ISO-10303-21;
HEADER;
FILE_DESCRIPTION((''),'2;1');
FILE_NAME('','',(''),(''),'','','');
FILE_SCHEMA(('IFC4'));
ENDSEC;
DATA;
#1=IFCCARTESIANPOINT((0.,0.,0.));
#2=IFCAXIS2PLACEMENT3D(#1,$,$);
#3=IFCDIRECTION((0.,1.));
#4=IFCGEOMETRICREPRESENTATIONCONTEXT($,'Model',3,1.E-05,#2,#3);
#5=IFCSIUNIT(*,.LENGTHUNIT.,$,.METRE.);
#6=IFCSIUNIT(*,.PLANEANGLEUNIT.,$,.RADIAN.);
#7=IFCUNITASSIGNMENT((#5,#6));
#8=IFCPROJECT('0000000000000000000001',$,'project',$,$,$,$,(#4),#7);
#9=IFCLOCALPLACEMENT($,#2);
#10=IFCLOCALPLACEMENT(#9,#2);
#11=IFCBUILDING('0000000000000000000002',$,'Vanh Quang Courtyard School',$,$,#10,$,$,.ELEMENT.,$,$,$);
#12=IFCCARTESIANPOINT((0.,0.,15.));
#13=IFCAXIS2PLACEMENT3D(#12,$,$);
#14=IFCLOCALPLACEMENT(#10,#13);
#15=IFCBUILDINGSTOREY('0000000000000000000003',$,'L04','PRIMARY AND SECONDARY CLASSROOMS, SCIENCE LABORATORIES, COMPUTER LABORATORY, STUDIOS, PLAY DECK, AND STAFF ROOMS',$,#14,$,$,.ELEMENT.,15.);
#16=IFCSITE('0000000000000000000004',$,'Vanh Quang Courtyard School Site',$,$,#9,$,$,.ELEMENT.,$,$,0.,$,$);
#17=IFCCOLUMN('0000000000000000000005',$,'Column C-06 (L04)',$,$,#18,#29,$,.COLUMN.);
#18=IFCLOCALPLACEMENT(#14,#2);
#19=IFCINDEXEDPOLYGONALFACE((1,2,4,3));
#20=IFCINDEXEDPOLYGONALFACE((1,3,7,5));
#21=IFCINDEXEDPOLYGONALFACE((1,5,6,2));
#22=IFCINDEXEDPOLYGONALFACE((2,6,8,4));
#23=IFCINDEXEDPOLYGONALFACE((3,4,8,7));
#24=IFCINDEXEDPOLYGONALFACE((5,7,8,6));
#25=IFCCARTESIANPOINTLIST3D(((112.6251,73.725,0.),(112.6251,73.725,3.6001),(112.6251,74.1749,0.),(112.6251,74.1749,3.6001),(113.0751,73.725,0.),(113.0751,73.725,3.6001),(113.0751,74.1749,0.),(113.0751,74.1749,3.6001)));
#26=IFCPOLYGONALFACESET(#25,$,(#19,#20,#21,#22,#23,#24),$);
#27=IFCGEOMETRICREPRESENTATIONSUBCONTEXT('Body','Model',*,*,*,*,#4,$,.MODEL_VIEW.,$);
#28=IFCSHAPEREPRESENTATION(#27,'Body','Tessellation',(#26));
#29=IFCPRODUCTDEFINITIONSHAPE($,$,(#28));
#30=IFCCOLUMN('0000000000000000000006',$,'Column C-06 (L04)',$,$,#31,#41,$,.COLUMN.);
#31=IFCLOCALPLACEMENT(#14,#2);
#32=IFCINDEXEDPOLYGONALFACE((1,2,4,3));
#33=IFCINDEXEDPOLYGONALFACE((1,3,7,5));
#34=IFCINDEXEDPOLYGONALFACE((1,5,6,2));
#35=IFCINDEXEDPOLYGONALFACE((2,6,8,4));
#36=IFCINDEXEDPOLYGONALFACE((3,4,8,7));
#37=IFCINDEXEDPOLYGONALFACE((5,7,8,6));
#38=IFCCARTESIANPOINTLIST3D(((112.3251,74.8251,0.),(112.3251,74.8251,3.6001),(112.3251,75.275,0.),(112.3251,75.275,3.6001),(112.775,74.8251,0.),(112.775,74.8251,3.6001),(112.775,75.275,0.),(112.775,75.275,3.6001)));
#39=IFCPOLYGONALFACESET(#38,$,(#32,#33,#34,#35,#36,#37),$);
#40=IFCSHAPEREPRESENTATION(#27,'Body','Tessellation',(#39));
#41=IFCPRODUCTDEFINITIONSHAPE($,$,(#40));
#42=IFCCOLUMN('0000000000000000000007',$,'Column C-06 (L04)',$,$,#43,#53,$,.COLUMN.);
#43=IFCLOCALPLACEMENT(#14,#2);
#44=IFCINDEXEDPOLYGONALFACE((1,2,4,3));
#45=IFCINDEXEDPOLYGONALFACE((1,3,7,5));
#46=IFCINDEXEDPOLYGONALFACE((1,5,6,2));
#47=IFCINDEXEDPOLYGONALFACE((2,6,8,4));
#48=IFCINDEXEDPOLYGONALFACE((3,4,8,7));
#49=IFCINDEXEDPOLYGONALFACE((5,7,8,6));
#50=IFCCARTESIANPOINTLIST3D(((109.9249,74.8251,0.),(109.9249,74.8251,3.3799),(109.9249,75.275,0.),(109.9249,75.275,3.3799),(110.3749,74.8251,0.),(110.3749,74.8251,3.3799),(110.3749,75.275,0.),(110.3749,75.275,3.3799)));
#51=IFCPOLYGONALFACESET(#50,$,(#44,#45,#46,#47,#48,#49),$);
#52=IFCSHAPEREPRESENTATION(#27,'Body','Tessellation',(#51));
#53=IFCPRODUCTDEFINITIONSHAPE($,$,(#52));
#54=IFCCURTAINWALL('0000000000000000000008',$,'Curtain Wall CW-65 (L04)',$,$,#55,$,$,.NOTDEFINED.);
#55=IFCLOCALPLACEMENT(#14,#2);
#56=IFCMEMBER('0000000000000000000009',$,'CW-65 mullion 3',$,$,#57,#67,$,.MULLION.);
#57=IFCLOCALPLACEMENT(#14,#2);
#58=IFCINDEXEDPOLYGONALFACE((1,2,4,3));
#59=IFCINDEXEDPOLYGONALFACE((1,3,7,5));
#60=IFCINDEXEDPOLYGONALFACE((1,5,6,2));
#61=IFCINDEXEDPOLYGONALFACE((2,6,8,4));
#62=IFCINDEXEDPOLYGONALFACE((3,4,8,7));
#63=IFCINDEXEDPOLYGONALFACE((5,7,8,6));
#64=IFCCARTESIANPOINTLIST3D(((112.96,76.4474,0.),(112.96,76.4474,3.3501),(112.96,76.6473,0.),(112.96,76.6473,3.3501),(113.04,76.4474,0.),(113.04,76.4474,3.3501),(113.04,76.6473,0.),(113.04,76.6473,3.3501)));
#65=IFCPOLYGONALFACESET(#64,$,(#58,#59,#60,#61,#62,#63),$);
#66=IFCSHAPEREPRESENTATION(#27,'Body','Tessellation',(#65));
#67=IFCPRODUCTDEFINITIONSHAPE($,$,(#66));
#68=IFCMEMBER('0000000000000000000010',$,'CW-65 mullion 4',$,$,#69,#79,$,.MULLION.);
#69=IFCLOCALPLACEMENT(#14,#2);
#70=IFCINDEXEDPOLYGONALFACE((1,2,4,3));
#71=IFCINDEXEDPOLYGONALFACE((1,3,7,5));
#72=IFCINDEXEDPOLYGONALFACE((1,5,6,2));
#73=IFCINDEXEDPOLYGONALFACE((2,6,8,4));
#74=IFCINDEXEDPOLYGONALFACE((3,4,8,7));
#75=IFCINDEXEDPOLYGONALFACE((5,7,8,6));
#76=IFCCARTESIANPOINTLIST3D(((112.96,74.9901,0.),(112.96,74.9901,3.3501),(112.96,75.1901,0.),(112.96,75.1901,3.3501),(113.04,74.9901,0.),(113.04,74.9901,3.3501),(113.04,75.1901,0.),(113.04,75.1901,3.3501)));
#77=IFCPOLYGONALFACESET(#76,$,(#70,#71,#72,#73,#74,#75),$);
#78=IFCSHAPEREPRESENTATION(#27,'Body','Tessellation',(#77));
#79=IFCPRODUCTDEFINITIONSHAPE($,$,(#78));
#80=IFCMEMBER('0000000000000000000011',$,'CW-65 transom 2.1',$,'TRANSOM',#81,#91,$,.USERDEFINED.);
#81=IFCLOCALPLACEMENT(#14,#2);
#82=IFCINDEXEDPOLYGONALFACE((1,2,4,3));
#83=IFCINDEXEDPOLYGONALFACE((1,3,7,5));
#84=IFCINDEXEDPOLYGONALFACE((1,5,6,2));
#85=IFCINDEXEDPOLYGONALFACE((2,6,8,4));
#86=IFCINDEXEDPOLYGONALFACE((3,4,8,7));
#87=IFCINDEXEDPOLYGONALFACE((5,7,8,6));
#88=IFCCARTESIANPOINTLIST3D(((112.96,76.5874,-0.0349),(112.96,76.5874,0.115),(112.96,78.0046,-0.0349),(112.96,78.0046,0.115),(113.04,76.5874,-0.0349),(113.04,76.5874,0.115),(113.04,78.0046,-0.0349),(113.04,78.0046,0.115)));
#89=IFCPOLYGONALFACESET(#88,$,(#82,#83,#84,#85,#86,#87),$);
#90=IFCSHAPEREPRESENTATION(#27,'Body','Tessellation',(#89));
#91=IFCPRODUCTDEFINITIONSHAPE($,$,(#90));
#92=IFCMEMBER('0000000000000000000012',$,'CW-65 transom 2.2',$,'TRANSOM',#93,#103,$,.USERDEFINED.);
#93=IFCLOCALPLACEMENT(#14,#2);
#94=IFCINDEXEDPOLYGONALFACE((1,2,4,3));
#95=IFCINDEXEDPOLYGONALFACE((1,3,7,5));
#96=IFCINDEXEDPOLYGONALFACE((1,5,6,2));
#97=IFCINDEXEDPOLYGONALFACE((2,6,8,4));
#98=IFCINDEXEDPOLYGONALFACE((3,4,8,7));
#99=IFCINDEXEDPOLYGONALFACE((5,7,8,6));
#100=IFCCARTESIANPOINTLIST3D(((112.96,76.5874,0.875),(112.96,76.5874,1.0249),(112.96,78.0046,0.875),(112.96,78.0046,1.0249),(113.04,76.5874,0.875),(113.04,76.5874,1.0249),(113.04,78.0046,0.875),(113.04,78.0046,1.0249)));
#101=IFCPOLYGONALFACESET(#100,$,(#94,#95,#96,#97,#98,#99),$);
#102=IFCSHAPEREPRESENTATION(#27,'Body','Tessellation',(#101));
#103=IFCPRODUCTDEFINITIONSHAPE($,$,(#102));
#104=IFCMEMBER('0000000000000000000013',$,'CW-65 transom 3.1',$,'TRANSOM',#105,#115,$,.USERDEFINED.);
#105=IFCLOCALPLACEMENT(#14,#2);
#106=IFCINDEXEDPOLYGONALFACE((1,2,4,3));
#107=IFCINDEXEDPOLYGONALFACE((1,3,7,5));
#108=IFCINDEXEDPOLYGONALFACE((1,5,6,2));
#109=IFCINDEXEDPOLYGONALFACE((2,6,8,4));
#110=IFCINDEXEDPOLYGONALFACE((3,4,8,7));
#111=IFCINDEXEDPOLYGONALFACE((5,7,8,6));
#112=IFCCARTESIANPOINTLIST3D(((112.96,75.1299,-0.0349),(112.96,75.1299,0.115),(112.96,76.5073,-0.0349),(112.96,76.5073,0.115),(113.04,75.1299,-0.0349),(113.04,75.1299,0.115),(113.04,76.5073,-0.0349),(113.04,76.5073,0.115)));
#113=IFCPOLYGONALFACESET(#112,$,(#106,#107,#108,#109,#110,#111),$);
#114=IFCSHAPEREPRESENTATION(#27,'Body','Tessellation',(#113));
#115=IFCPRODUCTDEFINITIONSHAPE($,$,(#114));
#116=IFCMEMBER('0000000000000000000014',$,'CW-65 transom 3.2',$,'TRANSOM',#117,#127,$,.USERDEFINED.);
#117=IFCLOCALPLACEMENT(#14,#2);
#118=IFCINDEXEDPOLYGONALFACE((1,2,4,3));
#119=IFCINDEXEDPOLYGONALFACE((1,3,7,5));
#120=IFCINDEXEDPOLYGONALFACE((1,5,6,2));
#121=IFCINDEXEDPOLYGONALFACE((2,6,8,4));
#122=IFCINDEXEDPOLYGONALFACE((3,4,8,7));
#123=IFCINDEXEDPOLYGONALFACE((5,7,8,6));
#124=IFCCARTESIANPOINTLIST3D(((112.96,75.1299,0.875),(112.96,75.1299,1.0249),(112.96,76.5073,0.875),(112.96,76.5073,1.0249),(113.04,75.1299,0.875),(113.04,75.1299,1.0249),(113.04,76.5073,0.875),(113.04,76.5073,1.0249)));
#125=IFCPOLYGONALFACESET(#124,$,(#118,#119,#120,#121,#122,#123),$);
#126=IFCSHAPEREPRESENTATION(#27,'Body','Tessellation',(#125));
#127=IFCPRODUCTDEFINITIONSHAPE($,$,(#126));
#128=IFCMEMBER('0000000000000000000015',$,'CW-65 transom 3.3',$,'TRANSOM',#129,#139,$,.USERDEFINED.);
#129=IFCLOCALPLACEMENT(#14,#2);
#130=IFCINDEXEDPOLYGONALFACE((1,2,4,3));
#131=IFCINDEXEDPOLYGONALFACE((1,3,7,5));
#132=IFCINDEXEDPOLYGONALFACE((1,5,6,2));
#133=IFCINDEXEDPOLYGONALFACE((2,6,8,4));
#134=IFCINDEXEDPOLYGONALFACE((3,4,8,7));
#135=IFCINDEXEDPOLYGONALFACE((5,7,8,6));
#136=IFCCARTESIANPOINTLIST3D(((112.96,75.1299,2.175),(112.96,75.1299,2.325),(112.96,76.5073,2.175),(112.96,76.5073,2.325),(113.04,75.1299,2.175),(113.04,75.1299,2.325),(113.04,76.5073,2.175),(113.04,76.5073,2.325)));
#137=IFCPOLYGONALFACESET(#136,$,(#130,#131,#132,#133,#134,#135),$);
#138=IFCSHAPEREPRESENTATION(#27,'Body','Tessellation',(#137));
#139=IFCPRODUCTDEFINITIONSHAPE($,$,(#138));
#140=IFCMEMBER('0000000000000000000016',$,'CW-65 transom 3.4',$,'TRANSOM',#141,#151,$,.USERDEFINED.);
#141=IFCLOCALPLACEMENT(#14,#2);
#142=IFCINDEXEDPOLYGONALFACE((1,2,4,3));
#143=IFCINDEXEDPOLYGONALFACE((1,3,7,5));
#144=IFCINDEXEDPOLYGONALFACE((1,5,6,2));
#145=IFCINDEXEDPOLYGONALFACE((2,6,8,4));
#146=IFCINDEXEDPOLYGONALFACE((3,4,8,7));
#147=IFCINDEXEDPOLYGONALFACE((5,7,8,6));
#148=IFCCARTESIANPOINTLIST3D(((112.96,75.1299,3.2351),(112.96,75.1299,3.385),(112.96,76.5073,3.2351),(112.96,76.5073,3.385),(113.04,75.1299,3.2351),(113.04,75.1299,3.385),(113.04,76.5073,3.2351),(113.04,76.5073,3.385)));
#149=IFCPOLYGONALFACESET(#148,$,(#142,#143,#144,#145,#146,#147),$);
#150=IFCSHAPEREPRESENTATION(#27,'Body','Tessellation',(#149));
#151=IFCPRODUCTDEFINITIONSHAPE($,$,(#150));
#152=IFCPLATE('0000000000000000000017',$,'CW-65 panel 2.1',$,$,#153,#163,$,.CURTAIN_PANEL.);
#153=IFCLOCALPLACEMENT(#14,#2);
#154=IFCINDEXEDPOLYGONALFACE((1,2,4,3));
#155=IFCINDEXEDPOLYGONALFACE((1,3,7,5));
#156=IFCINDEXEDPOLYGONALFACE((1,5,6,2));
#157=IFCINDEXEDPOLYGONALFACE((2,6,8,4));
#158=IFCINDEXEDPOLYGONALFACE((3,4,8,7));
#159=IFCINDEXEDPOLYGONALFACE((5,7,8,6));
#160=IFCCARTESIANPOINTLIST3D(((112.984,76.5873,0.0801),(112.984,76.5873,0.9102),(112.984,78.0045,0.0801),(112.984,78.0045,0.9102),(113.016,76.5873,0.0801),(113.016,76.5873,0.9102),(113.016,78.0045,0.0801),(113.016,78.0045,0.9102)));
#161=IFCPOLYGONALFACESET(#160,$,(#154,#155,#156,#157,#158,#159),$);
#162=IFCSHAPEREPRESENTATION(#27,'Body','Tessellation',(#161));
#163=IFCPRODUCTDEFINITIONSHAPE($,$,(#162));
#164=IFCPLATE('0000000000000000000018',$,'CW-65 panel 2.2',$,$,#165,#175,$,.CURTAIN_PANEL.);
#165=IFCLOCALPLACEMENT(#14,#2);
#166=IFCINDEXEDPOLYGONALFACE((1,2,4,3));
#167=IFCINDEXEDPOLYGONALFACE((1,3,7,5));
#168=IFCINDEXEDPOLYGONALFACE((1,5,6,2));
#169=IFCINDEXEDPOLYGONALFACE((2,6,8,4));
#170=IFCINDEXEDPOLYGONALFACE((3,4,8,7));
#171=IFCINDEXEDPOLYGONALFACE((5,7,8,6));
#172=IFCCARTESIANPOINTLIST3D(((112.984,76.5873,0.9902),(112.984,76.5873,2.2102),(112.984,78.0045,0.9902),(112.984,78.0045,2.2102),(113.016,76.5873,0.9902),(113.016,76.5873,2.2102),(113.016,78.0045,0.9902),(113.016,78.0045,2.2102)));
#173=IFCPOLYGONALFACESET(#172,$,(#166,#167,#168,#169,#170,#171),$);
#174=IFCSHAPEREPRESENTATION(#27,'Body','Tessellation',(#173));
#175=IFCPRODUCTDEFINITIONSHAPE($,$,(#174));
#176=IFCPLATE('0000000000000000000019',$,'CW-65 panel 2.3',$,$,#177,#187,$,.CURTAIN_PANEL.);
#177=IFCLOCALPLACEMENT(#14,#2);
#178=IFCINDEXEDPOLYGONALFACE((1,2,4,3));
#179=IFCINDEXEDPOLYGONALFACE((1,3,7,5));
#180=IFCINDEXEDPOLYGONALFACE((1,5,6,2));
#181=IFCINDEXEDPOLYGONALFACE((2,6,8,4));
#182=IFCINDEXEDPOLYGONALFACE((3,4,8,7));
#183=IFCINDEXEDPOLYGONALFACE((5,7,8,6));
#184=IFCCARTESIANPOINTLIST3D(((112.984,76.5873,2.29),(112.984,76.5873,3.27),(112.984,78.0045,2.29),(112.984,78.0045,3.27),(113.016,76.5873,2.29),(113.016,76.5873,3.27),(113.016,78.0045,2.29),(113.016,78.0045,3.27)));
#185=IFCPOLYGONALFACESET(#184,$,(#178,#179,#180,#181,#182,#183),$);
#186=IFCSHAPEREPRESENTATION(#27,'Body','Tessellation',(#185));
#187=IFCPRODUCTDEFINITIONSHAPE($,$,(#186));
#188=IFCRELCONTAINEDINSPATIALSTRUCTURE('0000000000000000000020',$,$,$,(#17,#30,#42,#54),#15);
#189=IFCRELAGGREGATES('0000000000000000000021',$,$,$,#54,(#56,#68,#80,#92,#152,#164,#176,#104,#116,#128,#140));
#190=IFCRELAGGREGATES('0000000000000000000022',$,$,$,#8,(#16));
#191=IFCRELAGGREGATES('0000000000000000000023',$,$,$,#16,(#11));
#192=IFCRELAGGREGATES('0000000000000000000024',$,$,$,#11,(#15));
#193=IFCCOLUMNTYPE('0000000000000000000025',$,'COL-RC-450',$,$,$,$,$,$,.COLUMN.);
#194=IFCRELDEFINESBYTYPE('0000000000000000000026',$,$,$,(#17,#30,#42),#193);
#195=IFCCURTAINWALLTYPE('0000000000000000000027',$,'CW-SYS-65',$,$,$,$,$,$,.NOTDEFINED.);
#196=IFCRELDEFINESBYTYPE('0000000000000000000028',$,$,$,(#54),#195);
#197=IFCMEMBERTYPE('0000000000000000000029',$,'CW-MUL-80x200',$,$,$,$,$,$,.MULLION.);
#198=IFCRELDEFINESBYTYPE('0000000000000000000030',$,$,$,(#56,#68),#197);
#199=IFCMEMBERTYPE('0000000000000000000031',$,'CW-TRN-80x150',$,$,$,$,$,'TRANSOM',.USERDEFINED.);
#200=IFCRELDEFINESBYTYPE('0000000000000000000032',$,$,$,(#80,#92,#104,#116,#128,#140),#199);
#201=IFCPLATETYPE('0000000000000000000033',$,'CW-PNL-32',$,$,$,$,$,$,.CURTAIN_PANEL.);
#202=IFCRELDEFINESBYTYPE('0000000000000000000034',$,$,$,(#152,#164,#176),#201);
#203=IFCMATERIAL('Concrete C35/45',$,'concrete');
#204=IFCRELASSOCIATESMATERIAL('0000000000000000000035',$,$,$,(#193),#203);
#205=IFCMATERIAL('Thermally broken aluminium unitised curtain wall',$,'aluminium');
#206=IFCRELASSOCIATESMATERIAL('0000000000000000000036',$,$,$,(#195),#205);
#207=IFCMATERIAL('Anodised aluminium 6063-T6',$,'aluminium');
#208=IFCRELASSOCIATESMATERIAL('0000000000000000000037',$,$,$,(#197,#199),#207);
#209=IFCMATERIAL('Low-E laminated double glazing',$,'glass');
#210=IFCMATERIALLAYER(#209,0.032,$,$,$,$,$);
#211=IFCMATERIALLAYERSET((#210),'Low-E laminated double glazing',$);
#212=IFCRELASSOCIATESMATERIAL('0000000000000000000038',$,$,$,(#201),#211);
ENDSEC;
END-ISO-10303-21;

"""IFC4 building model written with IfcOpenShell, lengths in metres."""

from ifc_helpers import new_model, si_unit, direction, frame, origin, origin_2d, place, context, subcontext, project, spatial, rectangle, extrude, material, layer, layer_set, material_profile, profile_set, type_object, element, aggregate, save


model = new_model("IFC4")

# Units and contexts
model_context = context("Model", 3, precision=1e-05, world=origin(), true_north=direction((0.0, 1.0)))
body_context = subcontext(model_context, "Body", "Model", "MODEL_VIEW")
ifc_project = project(units=[si_unit("LENGTHUNIT", "METRE"), si_unit("PLANEANGLEUNIT", "RADIAN")], contexts=[model_context])

# Site, building, storey
site_placement = place(None, origin())
site = spatial("IfcSite", under=ifc_project, at=site_placement, Name="Vanh Quang Courtyard School Site", CompositionType="ELEMENT", RefElevation=0.0)
building_placement = place(site_placement, origin())
building = spatial("IfcBuilding", under=site, at=building_placement, Name="Vanh Quang Courtyard School", CompositionType="ELEMENT")
storey_placement = place(building_placement, frame((0.0, 0.0, 15.0)))
storey = spatial("IfcBuildingStorey", under=building, at=storey_placement, Name="L04", Description="PRIMARY AND SECONDARY CLASSROOMS, SCIENCE LABORATORIES, COMPUTER LABORATORY, STUDIOS, PLAY DECK, AND STAFF ROOMS", CompositionType="ELEMENT", Elevation=15.0)

# Columns
ifc_material_1 = material(Name="Concrete C35/45", Category="concrete")
ifc_material_profile_1 = material_profile(ifc_material_1, rectangle(XDim=0.45, YDim=0.45, at=origin_2d()), Name="RC-COL 450x450")
ifc_profile_set_1 = profile_set([ifc_material_profile_1], Name="Concrete C35/45")
column_type = type_object("IfcColumnType", Name="COL-RC-450", PredefinedType="COLUMN", material=ifc_profile_set_1)
for number, where, z_axis, x_axis, name in (
    (1, (112.8501, 73.95, 0.0), (0.0, 0.0, 1.0), (1.0, 0.0, 0.0), "Column C-06 (L04)"),
    (2, (112.55, 75.05, 0.0), (0.0, 0.0, 1.0), (1.0, 0.0, 0.0), "Column C-06 (L04)"),
):
    element("IfcColumn", number, at=place(storey_placement, frame(where, z_axis=z_axis, x_axis=x_axis)), inside=storey, type_object=column_type, Name=name, PredefinedType="COLUMN", context=body_context, shape_type="SweptSolid", body=[
        extrude(rectangle(XDim=0.45, YDim=0.45, at=origin_2d()), origin(), (0.0, 0.0, 1.0), 3.6001),
    ])
column_placement = place(storey_placement, frame((110.1499, 75.05, 0.0), z_axis=(0.0, 0.0, 1.0), x_axis=(1.0, 0.0, 0.0)))
element("IfcColumn", 3, at=column_placement, inside=storey, type_object=column_type, Name="Column C-06 (L04)", PredefinedType="COLUMN", context=body_context, shape_type="SweptSolid", body=[
    extrude(rectangle(XDim=0.45, YDim=0.45, at=origin_2d()), origin(), (0.0, 0.0, 1.0), 3.3799),
])

# Curtain wall, members, plates
ifc_material_2 = material(Name="Thermally broken aluminium unitised curtain wall", Category="aluminium")
curtain_wall_type = type_object("IfcCurtainWallType", Name="CW-SYS-65", PredefinedType="NOTDEFINED", material=ifc_material_2)
curtain_wall_placement = place(storey_placement, origin())
curtain_wall = element("IfcCurtainWall", 4, at=curtain_wall_placement, inside=storey, type_object=curtain_wall_type, Name="Curtain Wall CW-65 (L04)", PredefinedType="NOTDEFINED")
ifc_material_3 = material(Name="Anodised aluminium 6063-T6", Category="aluminium")
ifc_material_profile_2 = material_profile(ifc_material_3, rectangle(XDim=0.0801, YDim=0.2, at=origin_2d()), Name="ALU-MUL 80x200")
ifc_profile_set_2 = profile_set([ifc_material_profile_2], Name="Anodised aluminium 6063-T6")
member_type_1 = type_object("IfcMemberType", Name="CW-MUL-80x200", PredefinedType="MULLION", material=ifc_profile_set_2)
member_1_placement = place(storey_placement, frame((113.0, 76.5474, 0.0), z_axis=(0.0, 0.0, 1.0), x_axis=(1.0, 0.0, 0.0)))
member_1 = element("IfcMember", 5, at=member_1_placement, type_object=member_type_1, Name="CW-65 mullion 3", PredefinedType="MULLION", context=body_context, shape_type="SweptSolid", body=[
    extrude(rectangle(XDim=0.0801, YDim=0.2, at=origin_2d()), origin(), (0.0, 0.0, 1.0), 3.3501),
])
member_2_placement = place(storey_placement, frame((113.0, 75.0901, 0.0), z_axis=(0.0, 0.0, 1.0), x_axis=(1.0, 0.0, 0.0)))
member_2 = element("IfcMember", 6, at=member_2_placement, type_object=member_type_1, Name="CW-65 mullion 4", PredefinedType="MULLION", context=body_context, shape_type="SweptSolid", body=[
    extrude(rectangle(XDim=0.0801, YDim=0.2, at=origin_2d()), origin(), (0.0, 0.0, 1.0), 3.3501),
])
ifc_material_profile_3 = material_profile(ifc_material_3, rectangle(XDim=0.0801, YDim=0.1499, at=origin_2d()), Name="ALU-TRN 80x150")
ifc_profile_set_3 = profile_set([ifc_material_profile_3], Name="Anodised aluminium 6063-T6")
member_type_2 = type_object("IfcMemberType", Name="CW-TRN-80x150", ElementType="TRANSOM", PredefinedType="USERDEFINED", material=ifc_profile_set_3)
member_3_placement = place(storey_placement, frame((113.0, 78.0046, 0.04), z_axis=(0.0, -1.0, 0.0), x_axis=(1.0, 0.0, 0.0)))
member_3 = element("IfcMember", 7, at=member_3_placement, type_object=member_type_2, Name="CW-65 transom 2.1", ObjectType="TRANSOM", PredefinedType="USERDEFINED", context=body_context, shape_type="SweptSolid", body=[
    extrude(rectangle(XDim=0.0801, YDim=0.1499, at=origin_2d()), origin(), (0.0, 0.0, 1.0), 1.4172),
])
member_4_placement = place(storey_placement, frame((113.0, 78.0046, 0.95), z_axis=(0.0, -1.0, 0.0), x_axis=(1.0, 0.0, 0.0)))
member_4 = element("IfcMember", 8, at=member_4_placement, type_object=member_type_2, Name="CW-65 transom 2.2", ObjectType="TRANSOM", PredefinedType="USERDEFINED", context=body_context, shape_type="SweptSolid", body=[
    extrude(rectangle(XDim=0.0801, YDim=0.1499, at=origin_2d()), origin(), (0.0, 0.0, 1.0), 1.4172),
])
member_5_placement = place(storey_placement, frame((113.0, 76.5073, 0.04), z_axis=(0.0, -1.0, 0.0), x_axis=(1.0, 0.0, 0.0)))
member_5 = element("IfcMember", 9, at=member_5_placement, type_object=member_type_2, Name="CW-65 transom 3.1", ObjectType="TRANSOM", PredefinedType="USERDEFINED", context=body_context, shape_type="SweptSolid", body=[
    extrude(rectangle(XDim=0.0801, YDim=0.1499, at=origin_2d()), origin(), (0.0, 0.0, 1.0), 1.3774),
])
member_6_placement = place(storey_placement, frame((113.0, 76.5073, 0.95), z_axis=(0.0, -1.0, 0.0), x_axis=(1.0, 0.0, 0.0)))
member_6 = element("IfcMember", 10, at=member_6_placement, type_object=member_type_2, Name="CW-65 transom 3.2", ObjectType="TRANSOM", PredefinedType="USERDEFINED", context=body_context, shape_type="SweptSolid", body=[
    extrude(rectangle(XDim=0.0801, YDim=0.1499, at=origin_2d()), origin(), (0.0, 0.0, 1.0), 1.3774),
])
member_7_placement = place(storey_placement, frame((113.0, 76.5073, 2.25), z_axis=(0.0, -1.0, 0.0), x_axis=(1.0, 0.0, 0.0)))
member_7 = element("IfcMember", 11, at=member_7_placement, type_object=member_type_2, Name="CW-65 transom 3.3", ObjectType="TRANSOM", PredefinedType="USERDEFINED", context=body_context, shape_type="SweptSolid", body=[
    extrude(rectangle(XDim=0.0801, YDim=0.1499, at=origin_2d()), origin(), (0.0, 0.0, 1.0), 1.3774),
])
member_8_placement = place(storey_placement, frame((113.0, 76.5073, 3.3101), z_axis=(0.0, -1.0, 0.0), x_axis=(1.0, 0.0, 0.0)))
member_8 = element("IfcMember", 12, at=member_8_placement, type_object=member_type_2, Name="CW-65 transom 3.4", ObjectType="TRANSOM", PredefinedType="USERDEFINED", context=body_context, shape_type="SweptSolid", body=[
    extrude(rectangle(XDim=0.0801, YDim=0.1499, at=origin_2d()), origin(), (0.0, 0.0, 1.0), 1.3774),
])
ifc_material_4 = material(Name="Low-E laminated double glazing", Category="glass")
ifc_layer_1 = layer(ifc_material_4, 0.032)
ifc_layer_set_1 = layer_set([ifc_layer_1], Name="Low-E laminated double glazing")
plate_type = type_object("IfcPlateType", Name="CW-PNL-32", PredefinedType="CURTAIN_PANEL", material=ifc_layer_set_1)
plate_1_placement = place(storey_placement, frame((113.0, 77.2959, 0.0801), z_axis=(0.0, 0.0, 1.0), x_axis=(0.0, -1.0, 0.0)))
plate_1 = element("IfcPlate", 13, at=plate_1_placement, type_object=plate_type, Name="CW-65 panel 2.1", PredefinedType="CURTAIN_PANEL", context=body_context, shape_type="SweptSolid", body=[
    extrude(rectangle(XDim=1.4172, YDim=0.032, at=origin_2d()), origin(), (0.0, 0.0, 1.0), 0.8301),
])
plate_2_placement = place(storey_placement, frame((113.0, 77.2959, 0.9902), z_axis=(0.0, 0.0, 1.0), x_axis=(0.0, -1.0, 0.0)))
plate_2 = element("IfcPlate", 14, at=plate_2_placement, type_object=plate_type, Name="CW-65 panel 2.2", PredefinedType="CURTAIN_PANEL", context=body_context, shape_type="SweptSolid", body=[
    extrude(rectangle(XDim=1.4172, YDim=0.032, at=origin_2d()), origin(), (0.0, 0.0, 1.0), 1.22),
])
plate_3_placement = place(storey_placement, frame((113.0, 77.2959, 2.29), z_axis=(0.0, 0.0, 1.0), x_axis=(0.0, -1.0, 0.0)))
plate_3 = element("IfcPlate", 15, at=plate_3_placement, type_object=plate_type, Name="CW-65 panel 2.3", PredefinedType="CURTAIN_PANEL", context=body_context, shape_type="SweptSolid", body=[
    extrude(rectangle(XDim=1.4172, YDim=0.032, at=origin_2d()), origin(), (0.0, 0.0, 1.0), 0.98),
])
aggregate(curtain_wall, [member_1, member_2, member_3, member_4, plate_1, plate_2, plate_3, member_5, member_6, member_7, member_8])

save(model, "model.ifc")
